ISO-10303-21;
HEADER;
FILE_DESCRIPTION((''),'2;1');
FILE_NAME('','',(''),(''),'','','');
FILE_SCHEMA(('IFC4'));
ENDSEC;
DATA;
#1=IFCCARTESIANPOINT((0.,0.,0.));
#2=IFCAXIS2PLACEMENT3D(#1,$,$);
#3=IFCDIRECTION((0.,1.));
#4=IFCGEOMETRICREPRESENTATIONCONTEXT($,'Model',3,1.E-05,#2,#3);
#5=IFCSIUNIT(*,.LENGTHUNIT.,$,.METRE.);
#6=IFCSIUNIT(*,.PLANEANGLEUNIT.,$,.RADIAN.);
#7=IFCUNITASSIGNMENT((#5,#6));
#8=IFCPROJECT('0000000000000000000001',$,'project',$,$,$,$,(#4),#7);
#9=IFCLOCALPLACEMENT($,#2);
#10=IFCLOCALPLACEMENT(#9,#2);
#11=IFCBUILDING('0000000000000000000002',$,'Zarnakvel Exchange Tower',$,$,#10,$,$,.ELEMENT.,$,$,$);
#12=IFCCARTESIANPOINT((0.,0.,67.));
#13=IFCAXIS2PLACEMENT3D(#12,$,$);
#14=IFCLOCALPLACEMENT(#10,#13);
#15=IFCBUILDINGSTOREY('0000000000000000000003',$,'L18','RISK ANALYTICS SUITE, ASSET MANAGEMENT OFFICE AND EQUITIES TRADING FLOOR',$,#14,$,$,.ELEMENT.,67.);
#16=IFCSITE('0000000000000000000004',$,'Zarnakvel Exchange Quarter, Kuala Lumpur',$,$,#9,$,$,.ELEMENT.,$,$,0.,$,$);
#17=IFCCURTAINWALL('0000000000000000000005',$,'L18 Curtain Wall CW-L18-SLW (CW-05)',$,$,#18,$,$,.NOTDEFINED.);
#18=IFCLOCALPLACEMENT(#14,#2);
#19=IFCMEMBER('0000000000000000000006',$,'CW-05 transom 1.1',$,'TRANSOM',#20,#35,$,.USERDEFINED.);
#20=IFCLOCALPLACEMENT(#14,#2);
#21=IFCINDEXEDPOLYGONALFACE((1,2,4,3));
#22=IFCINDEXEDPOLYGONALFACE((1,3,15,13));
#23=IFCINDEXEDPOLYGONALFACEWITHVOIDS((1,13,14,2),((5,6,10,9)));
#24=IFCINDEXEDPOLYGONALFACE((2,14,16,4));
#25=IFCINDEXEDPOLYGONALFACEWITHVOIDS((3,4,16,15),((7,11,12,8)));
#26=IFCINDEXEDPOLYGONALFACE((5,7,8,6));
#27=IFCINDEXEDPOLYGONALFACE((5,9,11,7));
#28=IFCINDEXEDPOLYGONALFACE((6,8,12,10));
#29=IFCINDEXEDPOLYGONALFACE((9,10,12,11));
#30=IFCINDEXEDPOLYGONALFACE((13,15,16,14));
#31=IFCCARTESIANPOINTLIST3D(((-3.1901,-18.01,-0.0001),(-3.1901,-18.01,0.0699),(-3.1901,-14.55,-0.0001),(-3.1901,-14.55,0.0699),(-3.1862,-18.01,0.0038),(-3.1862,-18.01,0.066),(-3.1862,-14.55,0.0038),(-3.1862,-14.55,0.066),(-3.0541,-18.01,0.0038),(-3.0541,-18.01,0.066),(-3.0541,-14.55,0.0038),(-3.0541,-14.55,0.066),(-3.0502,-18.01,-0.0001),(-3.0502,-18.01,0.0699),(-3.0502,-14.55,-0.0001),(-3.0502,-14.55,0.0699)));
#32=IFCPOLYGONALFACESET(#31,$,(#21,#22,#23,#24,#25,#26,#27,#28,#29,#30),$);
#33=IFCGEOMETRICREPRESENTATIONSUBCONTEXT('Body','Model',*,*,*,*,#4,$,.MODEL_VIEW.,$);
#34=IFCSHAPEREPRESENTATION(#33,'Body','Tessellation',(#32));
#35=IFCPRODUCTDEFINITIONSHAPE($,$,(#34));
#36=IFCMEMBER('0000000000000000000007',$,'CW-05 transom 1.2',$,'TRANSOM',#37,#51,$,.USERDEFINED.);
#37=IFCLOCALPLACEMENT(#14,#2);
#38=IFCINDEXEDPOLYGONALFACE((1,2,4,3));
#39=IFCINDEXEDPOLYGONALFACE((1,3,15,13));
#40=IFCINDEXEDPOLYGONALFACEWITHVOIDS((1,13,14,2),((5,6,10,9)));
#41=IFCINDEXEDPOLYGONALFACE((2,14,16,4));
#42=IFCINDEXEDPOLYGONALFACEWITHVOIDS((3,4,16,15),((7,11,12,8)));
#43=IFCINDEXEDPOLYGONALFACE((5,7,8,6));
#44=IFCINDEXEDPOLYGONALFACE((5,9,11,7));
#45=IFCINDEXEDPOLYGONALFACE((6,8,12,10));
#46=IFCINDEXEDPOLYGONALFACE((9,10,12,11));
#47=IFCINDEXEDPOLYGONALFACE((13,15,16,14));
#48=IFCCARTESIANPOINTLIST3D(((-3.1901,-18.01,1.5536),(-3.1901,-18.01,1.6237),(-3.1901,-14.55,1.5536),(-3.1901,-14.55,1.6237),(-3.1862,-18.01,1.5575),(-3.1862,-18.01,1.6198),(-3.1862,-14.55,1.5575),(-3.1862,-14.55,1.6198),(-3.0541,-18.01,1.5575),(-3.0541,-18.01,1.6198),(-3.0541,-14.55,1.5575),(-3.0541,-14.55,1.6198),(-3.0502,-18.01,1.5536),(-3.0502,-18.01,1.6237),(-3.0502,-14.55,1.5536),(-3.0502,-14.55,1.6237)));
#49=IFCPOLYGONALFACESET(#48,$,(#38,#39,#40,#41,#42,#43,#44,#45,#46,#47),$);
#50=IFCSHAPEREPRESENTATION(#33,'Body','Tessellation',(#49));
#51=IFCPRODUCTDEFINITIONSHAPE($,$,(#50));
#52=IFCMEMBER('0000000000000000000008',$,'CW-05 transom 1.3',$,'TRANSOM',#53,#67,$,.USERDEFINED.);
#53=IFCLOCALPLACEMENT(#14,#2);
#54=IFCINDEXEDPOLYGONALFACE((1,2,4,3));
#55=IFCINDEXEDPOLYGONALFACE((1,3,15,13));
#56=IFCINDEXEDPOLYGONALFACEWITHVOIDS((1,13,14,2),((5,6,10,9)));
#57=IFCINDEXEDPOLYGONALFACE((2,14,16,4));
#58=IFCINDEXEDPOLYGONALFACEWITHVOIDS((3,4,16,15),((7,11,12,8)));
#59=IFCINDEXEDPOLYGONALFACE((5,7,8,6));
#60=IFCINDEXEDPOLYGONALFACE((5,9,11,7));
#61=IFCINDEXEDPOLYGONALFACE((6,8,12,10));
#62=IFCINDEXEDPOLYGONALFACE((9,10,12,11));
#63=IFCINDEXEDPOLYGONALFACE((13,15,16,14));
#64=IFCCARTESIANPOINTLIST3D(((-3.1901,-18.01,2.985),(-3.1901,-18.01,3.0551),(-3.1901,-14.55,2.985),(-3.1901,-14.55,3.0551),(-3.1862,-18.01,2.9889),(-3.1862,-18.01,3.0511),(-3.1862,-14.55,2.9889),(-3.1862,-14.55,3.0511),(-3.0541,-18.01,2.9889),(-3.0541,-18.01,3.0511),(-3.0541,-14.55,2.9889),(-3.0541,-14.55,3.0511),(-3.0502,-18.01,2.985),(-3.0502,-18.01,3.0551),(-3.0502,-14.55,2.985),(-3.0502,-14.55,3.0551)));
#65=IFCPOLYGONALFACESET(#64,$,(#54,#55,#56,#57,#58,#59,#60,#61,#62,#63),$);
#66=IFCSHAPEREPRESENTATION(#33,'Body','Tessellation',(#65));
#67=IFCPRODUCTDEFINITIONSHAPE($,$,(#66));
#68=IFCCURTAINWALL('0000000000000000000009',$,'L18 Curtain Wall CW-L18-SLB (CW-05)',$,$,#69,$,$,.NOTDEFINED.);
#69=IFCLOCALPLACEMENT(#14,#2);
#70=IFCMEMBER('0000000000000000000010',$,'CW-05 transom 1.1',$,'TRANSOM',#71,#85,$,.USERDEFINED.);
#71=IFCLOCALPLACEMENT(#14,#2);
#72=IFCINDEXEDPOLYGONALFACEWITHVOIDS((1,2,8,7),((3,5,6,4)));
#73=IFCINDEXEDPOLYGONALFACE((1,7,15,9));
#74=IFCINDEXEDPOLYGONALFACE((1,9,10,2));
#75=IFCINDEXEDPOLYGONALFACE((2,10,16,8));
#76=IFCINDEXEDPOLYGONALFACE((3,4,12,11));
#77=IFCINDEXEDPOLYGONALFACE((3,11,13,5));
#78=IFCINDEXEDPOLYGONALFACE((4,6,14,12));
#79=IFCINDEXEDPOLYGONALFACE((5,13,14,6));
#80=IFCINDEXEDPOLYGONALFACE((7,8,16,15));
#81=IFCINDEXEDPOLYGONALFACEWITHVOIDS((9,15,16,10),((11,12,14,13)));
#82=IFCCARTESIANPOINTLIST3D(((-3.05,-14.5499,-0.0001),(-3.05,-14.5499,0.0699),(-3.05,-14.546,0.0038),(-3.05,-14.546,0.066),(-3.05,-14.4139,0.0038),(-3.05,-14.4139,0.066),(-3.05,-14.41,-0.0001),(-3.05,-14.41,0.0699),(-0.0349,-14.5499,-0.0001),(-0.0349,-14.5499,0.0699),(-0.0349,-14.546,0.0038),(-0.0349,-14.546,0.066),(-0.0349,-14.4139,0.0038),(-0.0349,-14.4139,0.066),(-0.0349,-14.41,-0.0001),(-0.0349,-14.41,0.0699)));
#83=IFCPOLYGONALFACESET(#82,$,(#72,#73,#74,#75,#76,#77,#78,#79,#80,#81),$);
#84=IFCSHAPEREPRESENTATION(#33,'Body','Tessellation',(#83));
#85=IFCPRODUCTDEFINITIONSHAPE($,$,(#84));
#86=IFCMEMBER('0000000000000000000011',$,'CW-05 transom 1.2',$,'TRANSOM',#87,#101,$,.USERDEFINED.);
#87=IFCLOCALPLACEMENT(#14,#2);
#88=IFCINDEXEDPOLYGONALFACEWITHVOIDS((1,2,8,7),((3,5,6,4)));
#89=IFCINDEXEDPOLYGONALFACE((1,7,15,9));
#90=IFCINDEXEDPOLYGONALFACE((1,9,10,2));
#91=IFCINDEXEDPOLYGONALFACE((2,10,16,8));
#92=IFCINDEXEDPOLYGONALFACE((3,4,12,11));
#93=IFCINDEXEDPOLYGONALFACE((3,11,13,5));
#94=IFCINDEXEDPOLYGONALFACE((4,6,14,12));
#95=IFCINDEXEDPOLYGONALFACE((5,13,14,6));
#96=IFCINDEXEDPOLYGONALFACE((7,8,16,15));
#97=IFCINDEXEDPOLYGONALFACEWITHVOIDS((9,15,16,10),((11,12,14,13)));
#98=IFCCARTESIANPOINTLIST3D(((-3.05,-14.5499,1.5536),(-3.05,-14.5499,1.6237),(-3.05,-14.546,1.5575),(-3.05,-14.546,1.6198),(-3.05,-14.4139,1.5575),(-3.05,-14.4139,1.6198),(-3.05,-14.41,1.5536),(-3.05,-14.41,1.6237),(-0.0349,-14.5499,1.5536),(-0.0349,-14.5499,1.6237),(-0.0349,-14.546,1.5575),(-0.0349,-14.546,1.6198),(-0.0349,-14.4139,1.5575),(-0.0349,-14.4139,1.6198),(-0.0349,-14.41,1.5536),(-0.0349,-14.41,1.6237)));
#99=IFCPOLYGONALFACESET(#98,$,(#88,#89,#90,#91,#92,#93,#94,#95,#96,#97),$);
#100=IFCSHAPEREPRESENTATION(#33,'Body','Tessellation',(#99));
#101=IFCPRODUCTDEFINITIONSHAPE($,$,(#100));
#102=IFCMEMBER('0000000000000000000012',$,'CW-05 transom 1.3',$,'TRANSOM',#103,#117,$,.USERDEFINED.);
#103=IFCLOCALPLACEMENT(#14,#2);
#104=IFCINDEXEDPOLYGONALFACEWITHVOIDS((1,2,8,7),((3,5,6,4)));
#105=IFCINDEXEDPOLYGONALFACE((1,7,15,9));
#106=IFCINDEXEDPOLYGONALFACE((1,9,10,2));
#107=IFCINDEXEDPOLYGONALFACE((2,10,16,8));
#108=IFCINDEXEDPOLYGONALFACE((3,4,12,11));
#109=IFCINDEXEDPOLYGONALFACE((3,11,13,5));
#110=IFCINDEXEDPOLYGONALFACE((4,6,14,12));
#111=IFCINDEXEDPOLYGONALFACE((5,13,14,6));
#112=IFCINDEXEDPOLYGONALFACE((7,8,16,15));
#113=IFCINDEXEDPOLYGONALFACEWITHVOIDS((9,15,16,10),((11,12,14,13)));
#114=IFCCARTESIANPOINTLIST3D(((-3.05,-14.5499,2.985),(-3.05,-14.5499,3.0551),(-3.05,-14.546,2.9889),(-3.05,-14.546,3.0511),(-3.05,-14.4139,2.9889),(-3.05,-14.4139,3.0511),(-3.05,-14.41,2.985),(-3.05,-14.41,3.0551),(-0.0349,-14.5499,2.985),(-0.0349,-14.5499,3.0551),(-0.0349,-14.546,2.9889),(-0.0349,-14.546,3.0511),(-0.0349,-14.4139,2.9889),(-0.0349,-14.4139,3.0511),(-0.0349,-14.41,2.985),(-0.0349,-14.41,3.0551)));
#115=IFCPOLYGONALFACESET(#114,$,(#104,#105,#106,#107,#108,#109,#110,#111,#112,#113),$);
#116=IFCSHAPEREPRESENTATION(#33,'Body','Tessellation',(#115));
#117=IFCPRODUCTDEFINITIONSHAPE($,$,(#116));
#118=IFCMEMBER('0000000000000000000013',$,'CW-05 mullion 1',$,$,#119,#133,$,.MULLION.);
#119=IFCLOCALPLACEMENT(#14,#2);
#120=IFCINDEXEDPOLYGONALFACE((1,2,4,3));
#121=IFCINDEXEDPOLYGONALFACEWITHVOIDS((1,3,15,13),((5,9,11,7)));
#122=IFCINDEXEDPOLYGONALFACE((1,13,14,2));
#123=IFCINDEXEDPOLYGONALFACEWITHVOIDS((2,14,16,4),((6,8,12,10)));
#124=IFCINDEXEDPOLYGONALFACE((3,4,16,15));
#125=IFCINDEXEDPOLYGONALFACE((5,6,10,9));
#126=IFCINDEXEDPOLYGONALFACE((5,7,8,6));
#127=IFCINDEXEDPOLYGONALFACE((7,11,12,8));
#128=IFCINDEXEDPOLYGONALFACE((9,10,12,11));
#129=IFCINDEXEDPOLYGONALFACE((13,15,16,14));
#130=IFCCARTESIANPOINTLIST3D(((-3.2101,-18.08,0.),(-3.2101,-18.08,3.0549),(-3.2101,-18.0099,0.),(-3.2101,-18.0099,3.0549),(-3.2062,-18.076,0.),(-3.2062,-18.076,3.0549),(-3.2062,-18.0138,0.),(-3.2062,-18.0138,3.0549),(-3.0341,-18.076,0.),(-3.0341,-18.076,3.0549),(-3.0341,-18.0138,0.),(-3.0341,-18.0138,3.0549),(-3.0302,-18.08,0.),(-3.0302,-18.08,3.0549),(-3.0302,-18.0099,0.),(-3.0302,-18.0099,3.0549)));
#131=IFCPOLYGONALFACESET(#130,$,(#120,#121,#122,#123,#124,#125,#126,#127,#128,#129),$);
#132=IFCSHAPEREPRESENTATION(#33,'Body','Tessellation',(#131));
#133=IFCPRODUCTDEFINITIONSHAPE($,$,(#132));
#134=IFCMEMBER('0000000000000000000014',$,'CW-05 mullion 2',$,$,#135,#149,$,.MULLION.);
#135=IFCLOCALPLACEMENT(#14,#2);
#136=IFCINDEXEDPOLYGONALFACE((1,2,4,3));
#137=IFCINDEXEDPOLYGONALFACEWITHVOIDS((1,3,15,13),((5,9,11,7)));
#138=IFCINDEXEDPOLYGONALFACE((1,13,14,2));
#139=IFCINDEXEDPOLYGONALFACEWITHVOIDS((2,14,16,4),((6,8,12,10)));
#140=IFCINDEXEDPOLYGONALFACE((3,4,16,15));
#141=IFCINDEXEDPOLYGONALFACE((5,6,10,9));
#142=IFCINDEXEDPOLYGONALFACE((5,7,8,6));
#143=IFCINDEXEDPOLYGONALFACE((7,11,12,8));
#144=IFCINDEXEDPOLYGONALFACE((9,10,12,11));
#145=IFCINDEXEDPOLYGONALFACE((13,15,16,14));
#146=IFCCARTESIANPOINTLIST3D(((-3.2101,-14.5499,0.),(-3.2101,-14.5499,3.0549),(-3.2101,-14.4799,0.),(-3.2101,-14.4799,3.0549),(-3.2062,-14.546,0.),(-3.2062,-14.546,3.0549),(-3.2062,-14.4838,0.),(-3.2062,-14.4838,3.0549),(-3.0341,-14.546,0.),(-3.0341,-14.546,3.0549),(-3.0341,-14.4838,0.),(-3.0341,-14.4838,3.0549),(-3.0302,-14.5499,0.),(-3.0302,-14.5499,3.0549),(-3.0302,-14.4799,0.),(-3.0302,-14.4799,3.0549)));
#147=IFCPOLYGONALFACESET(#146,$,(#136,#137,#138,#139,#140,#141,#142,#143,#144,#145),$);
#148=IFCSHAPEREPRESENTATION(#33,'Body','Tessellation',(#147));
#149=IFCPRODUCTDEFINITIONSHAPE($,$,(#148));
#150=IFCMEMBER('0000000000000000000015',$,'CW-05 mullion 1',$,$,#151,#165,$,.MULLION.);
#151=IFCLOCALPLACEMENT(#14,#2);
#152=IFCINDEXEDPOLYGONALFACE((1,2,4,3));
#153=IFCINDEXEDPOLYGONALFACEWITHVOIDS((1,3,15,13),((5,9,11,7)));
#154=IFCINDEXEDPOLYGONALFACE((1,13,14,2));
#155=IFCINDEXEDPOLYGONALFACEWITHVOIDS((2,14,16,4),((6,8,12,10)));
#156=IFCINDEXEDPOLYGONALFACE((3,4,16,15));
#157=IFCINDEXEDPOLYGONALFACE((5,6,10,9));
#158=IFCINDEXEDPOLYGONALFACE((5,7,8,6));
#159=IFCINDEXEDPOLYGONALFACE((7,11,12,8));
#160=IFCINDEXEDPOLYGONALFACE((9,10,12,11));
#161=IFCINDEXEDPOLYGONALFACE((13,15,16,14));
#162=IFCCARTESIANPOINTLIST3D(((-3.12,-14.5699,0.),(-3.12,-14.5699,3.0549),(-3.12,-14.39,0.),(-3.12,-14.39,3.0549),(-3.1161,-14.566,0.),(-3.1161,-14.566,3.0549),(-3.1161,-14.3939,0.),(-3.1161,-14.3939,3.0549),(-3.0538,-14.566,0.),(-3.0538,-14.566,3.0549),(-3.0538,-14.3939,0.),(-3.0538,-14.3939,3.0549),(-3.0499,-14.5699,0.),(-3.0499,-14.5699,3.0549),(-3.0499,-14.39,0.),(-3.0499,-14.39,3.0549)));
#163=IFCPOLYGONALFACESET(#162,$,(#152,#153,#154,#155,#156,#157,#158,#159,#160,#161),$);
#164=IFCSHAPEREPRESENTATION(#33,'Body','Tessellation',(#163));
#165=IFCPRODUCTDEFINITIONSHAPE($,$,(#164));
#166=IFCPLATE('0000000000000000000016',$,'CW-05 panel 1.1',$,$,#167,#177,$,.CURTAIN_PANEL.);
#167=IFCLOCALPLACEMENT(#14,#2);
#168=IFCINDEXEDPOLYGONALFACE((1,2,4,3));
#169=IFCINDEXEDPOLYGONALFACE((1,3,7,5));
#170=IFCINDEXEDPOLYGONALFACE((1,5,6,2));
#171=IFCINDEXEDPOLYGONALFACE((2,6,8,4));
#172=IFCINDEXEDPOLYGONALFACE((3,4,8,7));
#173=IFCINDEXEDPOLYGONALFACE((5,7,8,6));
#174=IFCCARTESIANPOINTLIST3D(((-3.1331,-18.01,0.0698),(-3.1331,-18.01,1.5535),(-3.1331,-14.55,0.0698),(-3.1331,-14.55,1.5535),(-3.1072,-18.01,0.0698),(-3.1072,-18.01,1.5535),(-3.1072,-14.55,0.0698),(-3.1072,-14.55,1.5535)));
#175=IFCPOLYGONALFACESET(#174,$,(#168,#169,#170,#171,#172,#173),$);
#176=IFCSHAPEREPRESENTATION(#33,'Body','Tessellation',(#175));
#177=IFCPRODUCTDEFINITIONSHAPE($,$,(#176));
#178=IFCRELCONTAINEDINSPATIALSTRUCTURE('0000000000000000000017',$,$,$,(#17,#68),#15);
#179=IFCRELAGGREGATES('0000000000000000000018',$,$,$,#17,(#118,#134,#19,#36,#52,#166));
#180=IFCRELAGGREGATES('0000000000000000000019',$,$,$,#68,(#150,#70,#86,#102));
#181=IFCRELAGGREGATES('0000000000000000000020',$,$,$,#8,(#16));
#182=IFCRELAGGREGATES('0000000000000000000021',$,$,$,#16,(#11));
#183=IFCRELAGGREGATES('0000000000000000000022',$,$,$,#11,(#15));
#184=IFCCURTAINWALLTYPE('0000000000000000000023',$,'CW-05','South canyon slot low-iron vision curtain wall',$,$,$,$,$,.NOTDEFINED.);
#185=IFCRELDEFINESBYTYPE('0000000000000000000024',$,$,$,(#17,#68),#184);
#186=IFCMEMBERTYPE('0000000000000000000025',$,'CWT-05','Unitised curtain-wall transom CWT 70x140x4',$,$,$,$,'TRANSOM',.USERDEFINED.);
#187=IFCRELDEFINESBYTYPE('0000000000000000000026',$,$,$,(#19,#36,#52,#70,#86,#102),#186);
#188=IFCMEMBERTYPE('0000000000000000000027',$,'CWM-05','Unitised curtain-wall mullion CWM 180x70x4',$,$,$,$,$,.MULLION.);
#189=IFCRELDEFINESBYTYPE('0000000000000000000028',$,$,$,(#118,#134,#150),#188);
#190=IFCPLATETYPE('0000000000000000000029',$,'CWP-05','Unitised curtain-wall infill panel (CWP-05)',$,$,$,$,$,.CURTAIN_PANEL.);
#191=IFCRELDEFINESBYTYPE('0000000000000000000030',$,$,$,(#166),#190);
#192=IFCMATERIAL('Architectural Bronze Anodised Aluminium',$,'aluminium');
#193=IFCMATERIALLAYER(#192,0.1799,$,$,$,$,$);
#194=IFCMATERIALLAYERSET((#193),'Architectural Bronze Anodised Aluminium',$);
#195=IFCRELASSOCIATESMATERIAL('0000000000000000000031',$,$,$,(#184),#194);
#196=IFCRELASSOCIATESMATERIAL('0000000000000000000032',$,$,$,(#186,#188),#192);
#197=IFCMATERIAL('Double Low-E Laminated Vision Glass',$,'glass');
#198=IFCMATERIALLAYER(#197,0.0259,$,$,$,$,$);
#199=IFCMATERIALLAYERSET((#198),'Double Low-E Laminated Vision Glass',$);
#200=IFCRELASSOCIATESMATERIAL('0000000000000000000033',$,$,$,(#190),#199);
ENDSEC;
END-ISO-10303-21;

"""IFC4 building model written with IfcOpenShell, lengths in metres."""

from ifc_helpers import new_model, si_unit, direction, frame, origin, origin_2d, place, context, subcontext, project, spatial, rectangle, hollow_rectangle, extrude, source, transform, mapped, material, layer, layer_set, material_profile, profile_set, type_object, element, aggregate, save


model = new_model("IFC4")

# Units and contexts
model_context = context("Model", 3, precision=1e-05, world=origin(), true_north=direction((0.0, 1.0)))
body_context = subcontext(model_context, "Body", "Model", "MODEL_VIEW")
ifc_project = project(units=[si_unit("LENGTHUNIT", "METRE"), si_unit("PLANEANGLEUNIT", "RADIAN")], contexts=[model_context])

# Site, building, storey
site_placement = place(None, origin())
site = spatial("IfcSite", under=ifc_project, at=site_placement, Name="Zarnakvel Exchange Quarter, Kuala Lumpur", CompositionType="ELEMENT", RefElevation=0.0)
building_placement = place(site_placement, origin())
building = spatial("IfcBuilding", under=site, at=building_placement, Name="Zarnakvel Exchange Tower", CompositionType="ELEMENT")
storey_placement = place(building_placement, frame((0.0, 0.0, 67.0)))
storey = spatial("IfcBuildingStorey", under=building, at=storey_placement, Name="L18", Description="RISK ANALYTICS SUITE, ASSET MANAGEMENT OFFICE AND EQUITIES TRADING FLOOR", CompositionType="ELEMENT", Elevation=67.0)

# Curtain walls, members
ifc_material_1 = material(Name="Architectural Bronze Anodised Aluminium", Category="aluminium")
ifc_layer_1 = layer(ifc_material_1, 0.1799)
ifc_layer_set_1 = layer_set([ifc_layer_1], Name="Architectural Bronze Anodised Aluminium")
curtain_wall_type = type_object("IfcCurtainWallType", Name="CW-05", Description="South canyon slot low-iron vision curtain wall", PredefinedType="NOTDEFINED", material=ifc_layer_set_1)
curtain_wall_1_placement = place(storey_placement, origin())
curtain_wall_1 = element("IfcCurtainWall", 1, at=curtain_wall_1_placement, inside=storey, type_object=curtain_wall_type, Name="L18 Curtain Wall CW-L18-SLW (CW-05)", PredefinedType="NOTDEFINED")
ifc_material_profile_1 = material_profile(ifc_material_1, hollow_rectangle(XDim=0.1399, YDim=0.0701, WallThickness=0.0039, at=origin_2d()))
ifc_profile_set_1 = profile_set([ifc_material_profile_1], Name="Architectural Bronze Anodised Aluminium")
member_type_1 = type_object("IfcMemberType", Name="CWT-05", Description="Unitised curtain-wall transom CWT 70x140x4", ElementType="TRANSOM", PredefinedType="USERDEFINED", material=ifc_profile_set_1)
shared_shape_1 = source(origin(), body_context, "Body", "SweptSolid", [
    extrude(hollow_rectangle(XDim=0.1399, YDim=0.0701, WallThickness=0.0039, at=origin_2d()), origin(), (0.0, 0.0, 1.0), 3.46),
])
member_1_placement = place(storey_placement, frame((-3.1201, -18.01, 0.0349), z_axis=(0.0, 1.0, 0.0), x_axis=(-1.0, 0.0, 0.0)))
member_1 = element("IfcMember", 2, at=member_1_placement, type_object=member_type_1, Name="CW-05 transom 1.1", ObjectType="TRANSOM", PredefinedType="USERDEFINED", context=body_context, shape_type="MappedRepresentation", body=[
    mapped(shared_shape_1, transform((0.0, 0.0, 0.0), x_axis=(1.0, 0.0, 0.0), y_axis=(0.0, 1.0, 0.0), z_axis=(0.0, 0.0, 1.0), scale=1.0)),
])
member_2_placement = place(storey_placement, frame((-3.1201, -18.01, 1.5886), z_axis=(0.0, 1.0, 0.0), x_axis=(-1.0, 0.0, 0.0)))
member_2 = element("IfcMember", 3, at=member_2_placement, type_object=member_type_1, Name="CW-05 transom 1.2", ObjectType="TRANSOM", PredefinedType="USERDEFINED", context=body_context, shape_type="MappedRepresentation", body=[
    mapped(shared_shape_1, transform((0.0, 0.0, 0.0), x_axis=(1.0, 0.0, 0.0), y_axis=(0.0, 1.0, 0.0), z_axis=(0.0, 0.0, 1.0), scale=1.0)),
])
member_3_placement = place(storey_placement, frame((-3.1201, -18.01, 3.02), z_axis=(0.0, 1.0, 0.0), x_axis=(-1.0, 0.0, 0.0)))
member_3 = element("IfcMember", 4, at=member_3_placement, type_object=member_type_1, Name="CW-05 transom 1.3", ObjectType="TRANSOM", PredefinedType="USERDEFINED", context=body_context, shape_type="MappedRepresentation", body=[
    mapped(shared_shape_1, transform((0.0, 0.0, 0.0), x_axis=(1.0, 0.0, 0.0), y_axis=(0.0, 1.0, 0.0), z_axis=(0.0, 0.0, 1.0), scale=1.0)),
])
curtain_wall_2_placement = place(storey_placement, origin())
curtain_wall_2 = element("IfcCurtainWall", 5, at=curtain_wall_2_placement, inside=storey, type_object=curtain_wall_type, Name="L18 Curtain Wall CW-L18-SLB (CW-05)", PredefinedType="NOTDEFINED")
shared_shape_2 = source(origin(), body_context, "Body", "SweptSolid", [
    extrude(hollow_rectangle(XDim=0.1399, YDim=0.0701, WallThickness=0.0039, at=origin_2d()), origin(), (0.0, 0.0, 1.0), 3.0151),
])
member_4_placement = place(storey_placement, frame((-3.05, -14.48, 0.0349), z_axis=(1.0, 0.0, 0.0), x_axis=(0.0, 1.0, 0.0)))
member_4 = element("IfcMember", 6, at=member_4_placement, type_object=member_type_1, Name="CW-05 transom 1.1", ObjectType="TRANSOM", PredefinedType="USERDEFINED", context=body_context, shape_type="MappedRepresentation", body=[
    mapped(shared_shape_2, transform((0.0, 0.0, 0.0), x_axis=(1.0, 0.0, 0.0), y_axis=(0.0, 1.0, 0.0), z_axis=(0.0, 0.0, 1.0), scale=1.0)),
])
member_5_placement = place(storey_placement, frame((-3.05, -14.48, 1.5886), z_axis=(1.0, 0.0, 0.0), x_axis=(0.0, 1.0, 0.0)))
member_5 = element("IfcMember", 7, at=member_5_placement, type_object=member_type_1, Name="CW-05 transom 1.2", ObjectType="TRANSOM", PredefinedType="USERDEFINED", context=body_context, shape_type="MappedRepresentation", body=[
    mapped(shared_shape_2, transform((0.0, 0.0, 0.0), x_axis=(1.0, 0.0, 0.0), y_axis=(0.0, 1.0, 0.0), z_axis=(0.0, 0.0, 1.0), scale=1.0)),
])
member_6_placement = place(storey_placement, frame((-3.05, -14.48, 3.02), z_axis=(1.0, 0.0, 0.0), x_axis=(0.0, 1.0, 0.0)))
member_6 = element("IfcMember", 8, at=member_6_placement, type_object=member_type_1, Name="CW-05 transom 1.3", ObjectType="TRANSOM", PredefinedType="USERDEFINED", context=body_context, shape_type="MappedRepresentation", body=[
    mapped(shared_shape_2, transform((0.0, 0.0, 0.0), x_axis=(1.0, 0.0, 0.0), y_axis=(0.0, 1.0, 0.0), z_axis=(0.0, 0.0, 1.0), scale=1.0)),
])

# Members
ifc_material_profile_2 = material_profile(ifc_material_1, hollow_rectangle(XDim=0.1799, YDim=0.0701, WallThickness=0.0039, at=origin_2d()))
ifc_profile_set_2 = profile_set([ifc_material_profile_2], Name="Architectural Bronze Anodised Aluminium")
member_type_2 = type_object("IfcMemberType", Name="CWM-05", Description="Unitised curtain-wall mullion CWM 180x70x4", PredefinedType="MULLION", material=ifc_profile_set_2)
shared_shape_3 = source(origin(), body_context, "Body", "SweptSolid", [
    extrude(hollow_rectangle(XDim=0.1799, YDim=0.0701, WallThickness=0.0039, at=origin_2d()), origin(), (0.0, 0.0, 1.0), 3.0549),
])
member_7_placement = place(storey_placement, frame((-3.1201, -18.0449, 0.0), z_axis=(0.0, 0.0, 1.0), x_axis=(-1.0, 0.0, 0.0)))
member_7 = element("IfcMember", 9, at=member_7_placement, type_object=member_type_2, Name="CW-05 mullion 1", PredefinedType="MULLION", context=body_context, shape_type="MappedRepresentation", body=[
    mapped(shared_shape_3, transform((0.0, 0.0, 0.0), x_axis=(1.0, 0.0, 0.0), y_axis=(0.0, 1.0, 0.0), z_axis=(0.0, 0.0, 1.0), scale=1.0)),
])
member_8_placement = place(storey_placement, frame((-3.1201, -14.5149, 0.0), z_axis=(0.0, 0.0, 1.0), x_axis=(-1.0, 0.0, 0.0)))
member_8 = element("IfcMember", 10, at=member_8_placement, type_object=member_type_2, Name="CW-05 mullion 2", PredefinedType="MULLION", context=body_context, shape_type="MappedRepresentation", body=[
    mapped(shared_shape_3, transform((0.0, 0.0, 0.0), x_axis=(1.0, 0.0, 0.0), y_axis=(0.0, 1.0, 0.0), z_axis=(0.0, 0.0, 1.0), scale=1.0)),
])
member_9_placement = place(storey_placement, frame((-3.085, -14.48, 0.0), z_axis=(0.0, 0.0, 1.0), x_axis=(0.0, 1.0, 0.0)))
member_9 = element("IfcMember", 11, at=member_9_placement, type_object=member_type_2, Name="CW-05 mullion 1", PredefinedType="MULLION", context=body_context, shape_type="MappedRepresentation", body=[
    mapped(shared_shape_3, transform((0.0, 0.0, 0.0), x_axis=(1.0, 0.0, 0.0), y_axis=(0.0, 1.0, 0.0), z_axis=(0.0, 0.0, 1.0), scale=1.0)),
])

# Plate
ifc_material_2 = material(Name="Double Low-E Laminated Vision Glass", Category="glass")
ifc_layer_2 = layer(ifc_material_2, 0.0259)
ifc_layer_set_2 = layer_set([ifc_layer_2], Name="Double Low-E Laminated Vision Glass")
plate_type = type_object("IfcPlateType", Name="CWP-05", Description="Unitised curtain-wall infill panel (CWP-05)", PredefinedType="CURTAIN_PANEL", material=ifc_layer_set_2)
shared_shape_4 = source(origin(), body_context, "Body", "SweptSolid", [
    extrude(rectangle(XDim=3.46, YDim=0.0259, at=origin_2d()), origin(), (0.0, 0.0, 1.0), 1.4836),
])
plate_1_placement = place(storey_placement, frame((-3.1201, -16.28, 0.0698), z_axis=(0.0, 0.0, 1.0), x_axis=(0.0, 1.0, 0.0)))
plate_1 = element("IfcPlate", 12, at=plate_1_placement, type_object=plate_type, Name="CW-05 panel 1.1", PredefinedType="CURTAIN_PANEL", context=body_context, shape_type="MappedRepresentation", body=[
    mapped(shared_shape_4, transform((0.0, 0.0, 0.0), x_axis=(1.0, 0.0, 0.0), y_axis=(0.0, 1.0, 0.0), z_axis=(0.0, 0.0, 1.0), scale=1.0)),
])
aggregate(curtain_wall_1, [member_7, member_8, member_1, member_2, member_3, plate_1])
aggregate(curtain_wall_2, [member_9, member_4, member_5, member_6])

save(model, "model.ifc")
